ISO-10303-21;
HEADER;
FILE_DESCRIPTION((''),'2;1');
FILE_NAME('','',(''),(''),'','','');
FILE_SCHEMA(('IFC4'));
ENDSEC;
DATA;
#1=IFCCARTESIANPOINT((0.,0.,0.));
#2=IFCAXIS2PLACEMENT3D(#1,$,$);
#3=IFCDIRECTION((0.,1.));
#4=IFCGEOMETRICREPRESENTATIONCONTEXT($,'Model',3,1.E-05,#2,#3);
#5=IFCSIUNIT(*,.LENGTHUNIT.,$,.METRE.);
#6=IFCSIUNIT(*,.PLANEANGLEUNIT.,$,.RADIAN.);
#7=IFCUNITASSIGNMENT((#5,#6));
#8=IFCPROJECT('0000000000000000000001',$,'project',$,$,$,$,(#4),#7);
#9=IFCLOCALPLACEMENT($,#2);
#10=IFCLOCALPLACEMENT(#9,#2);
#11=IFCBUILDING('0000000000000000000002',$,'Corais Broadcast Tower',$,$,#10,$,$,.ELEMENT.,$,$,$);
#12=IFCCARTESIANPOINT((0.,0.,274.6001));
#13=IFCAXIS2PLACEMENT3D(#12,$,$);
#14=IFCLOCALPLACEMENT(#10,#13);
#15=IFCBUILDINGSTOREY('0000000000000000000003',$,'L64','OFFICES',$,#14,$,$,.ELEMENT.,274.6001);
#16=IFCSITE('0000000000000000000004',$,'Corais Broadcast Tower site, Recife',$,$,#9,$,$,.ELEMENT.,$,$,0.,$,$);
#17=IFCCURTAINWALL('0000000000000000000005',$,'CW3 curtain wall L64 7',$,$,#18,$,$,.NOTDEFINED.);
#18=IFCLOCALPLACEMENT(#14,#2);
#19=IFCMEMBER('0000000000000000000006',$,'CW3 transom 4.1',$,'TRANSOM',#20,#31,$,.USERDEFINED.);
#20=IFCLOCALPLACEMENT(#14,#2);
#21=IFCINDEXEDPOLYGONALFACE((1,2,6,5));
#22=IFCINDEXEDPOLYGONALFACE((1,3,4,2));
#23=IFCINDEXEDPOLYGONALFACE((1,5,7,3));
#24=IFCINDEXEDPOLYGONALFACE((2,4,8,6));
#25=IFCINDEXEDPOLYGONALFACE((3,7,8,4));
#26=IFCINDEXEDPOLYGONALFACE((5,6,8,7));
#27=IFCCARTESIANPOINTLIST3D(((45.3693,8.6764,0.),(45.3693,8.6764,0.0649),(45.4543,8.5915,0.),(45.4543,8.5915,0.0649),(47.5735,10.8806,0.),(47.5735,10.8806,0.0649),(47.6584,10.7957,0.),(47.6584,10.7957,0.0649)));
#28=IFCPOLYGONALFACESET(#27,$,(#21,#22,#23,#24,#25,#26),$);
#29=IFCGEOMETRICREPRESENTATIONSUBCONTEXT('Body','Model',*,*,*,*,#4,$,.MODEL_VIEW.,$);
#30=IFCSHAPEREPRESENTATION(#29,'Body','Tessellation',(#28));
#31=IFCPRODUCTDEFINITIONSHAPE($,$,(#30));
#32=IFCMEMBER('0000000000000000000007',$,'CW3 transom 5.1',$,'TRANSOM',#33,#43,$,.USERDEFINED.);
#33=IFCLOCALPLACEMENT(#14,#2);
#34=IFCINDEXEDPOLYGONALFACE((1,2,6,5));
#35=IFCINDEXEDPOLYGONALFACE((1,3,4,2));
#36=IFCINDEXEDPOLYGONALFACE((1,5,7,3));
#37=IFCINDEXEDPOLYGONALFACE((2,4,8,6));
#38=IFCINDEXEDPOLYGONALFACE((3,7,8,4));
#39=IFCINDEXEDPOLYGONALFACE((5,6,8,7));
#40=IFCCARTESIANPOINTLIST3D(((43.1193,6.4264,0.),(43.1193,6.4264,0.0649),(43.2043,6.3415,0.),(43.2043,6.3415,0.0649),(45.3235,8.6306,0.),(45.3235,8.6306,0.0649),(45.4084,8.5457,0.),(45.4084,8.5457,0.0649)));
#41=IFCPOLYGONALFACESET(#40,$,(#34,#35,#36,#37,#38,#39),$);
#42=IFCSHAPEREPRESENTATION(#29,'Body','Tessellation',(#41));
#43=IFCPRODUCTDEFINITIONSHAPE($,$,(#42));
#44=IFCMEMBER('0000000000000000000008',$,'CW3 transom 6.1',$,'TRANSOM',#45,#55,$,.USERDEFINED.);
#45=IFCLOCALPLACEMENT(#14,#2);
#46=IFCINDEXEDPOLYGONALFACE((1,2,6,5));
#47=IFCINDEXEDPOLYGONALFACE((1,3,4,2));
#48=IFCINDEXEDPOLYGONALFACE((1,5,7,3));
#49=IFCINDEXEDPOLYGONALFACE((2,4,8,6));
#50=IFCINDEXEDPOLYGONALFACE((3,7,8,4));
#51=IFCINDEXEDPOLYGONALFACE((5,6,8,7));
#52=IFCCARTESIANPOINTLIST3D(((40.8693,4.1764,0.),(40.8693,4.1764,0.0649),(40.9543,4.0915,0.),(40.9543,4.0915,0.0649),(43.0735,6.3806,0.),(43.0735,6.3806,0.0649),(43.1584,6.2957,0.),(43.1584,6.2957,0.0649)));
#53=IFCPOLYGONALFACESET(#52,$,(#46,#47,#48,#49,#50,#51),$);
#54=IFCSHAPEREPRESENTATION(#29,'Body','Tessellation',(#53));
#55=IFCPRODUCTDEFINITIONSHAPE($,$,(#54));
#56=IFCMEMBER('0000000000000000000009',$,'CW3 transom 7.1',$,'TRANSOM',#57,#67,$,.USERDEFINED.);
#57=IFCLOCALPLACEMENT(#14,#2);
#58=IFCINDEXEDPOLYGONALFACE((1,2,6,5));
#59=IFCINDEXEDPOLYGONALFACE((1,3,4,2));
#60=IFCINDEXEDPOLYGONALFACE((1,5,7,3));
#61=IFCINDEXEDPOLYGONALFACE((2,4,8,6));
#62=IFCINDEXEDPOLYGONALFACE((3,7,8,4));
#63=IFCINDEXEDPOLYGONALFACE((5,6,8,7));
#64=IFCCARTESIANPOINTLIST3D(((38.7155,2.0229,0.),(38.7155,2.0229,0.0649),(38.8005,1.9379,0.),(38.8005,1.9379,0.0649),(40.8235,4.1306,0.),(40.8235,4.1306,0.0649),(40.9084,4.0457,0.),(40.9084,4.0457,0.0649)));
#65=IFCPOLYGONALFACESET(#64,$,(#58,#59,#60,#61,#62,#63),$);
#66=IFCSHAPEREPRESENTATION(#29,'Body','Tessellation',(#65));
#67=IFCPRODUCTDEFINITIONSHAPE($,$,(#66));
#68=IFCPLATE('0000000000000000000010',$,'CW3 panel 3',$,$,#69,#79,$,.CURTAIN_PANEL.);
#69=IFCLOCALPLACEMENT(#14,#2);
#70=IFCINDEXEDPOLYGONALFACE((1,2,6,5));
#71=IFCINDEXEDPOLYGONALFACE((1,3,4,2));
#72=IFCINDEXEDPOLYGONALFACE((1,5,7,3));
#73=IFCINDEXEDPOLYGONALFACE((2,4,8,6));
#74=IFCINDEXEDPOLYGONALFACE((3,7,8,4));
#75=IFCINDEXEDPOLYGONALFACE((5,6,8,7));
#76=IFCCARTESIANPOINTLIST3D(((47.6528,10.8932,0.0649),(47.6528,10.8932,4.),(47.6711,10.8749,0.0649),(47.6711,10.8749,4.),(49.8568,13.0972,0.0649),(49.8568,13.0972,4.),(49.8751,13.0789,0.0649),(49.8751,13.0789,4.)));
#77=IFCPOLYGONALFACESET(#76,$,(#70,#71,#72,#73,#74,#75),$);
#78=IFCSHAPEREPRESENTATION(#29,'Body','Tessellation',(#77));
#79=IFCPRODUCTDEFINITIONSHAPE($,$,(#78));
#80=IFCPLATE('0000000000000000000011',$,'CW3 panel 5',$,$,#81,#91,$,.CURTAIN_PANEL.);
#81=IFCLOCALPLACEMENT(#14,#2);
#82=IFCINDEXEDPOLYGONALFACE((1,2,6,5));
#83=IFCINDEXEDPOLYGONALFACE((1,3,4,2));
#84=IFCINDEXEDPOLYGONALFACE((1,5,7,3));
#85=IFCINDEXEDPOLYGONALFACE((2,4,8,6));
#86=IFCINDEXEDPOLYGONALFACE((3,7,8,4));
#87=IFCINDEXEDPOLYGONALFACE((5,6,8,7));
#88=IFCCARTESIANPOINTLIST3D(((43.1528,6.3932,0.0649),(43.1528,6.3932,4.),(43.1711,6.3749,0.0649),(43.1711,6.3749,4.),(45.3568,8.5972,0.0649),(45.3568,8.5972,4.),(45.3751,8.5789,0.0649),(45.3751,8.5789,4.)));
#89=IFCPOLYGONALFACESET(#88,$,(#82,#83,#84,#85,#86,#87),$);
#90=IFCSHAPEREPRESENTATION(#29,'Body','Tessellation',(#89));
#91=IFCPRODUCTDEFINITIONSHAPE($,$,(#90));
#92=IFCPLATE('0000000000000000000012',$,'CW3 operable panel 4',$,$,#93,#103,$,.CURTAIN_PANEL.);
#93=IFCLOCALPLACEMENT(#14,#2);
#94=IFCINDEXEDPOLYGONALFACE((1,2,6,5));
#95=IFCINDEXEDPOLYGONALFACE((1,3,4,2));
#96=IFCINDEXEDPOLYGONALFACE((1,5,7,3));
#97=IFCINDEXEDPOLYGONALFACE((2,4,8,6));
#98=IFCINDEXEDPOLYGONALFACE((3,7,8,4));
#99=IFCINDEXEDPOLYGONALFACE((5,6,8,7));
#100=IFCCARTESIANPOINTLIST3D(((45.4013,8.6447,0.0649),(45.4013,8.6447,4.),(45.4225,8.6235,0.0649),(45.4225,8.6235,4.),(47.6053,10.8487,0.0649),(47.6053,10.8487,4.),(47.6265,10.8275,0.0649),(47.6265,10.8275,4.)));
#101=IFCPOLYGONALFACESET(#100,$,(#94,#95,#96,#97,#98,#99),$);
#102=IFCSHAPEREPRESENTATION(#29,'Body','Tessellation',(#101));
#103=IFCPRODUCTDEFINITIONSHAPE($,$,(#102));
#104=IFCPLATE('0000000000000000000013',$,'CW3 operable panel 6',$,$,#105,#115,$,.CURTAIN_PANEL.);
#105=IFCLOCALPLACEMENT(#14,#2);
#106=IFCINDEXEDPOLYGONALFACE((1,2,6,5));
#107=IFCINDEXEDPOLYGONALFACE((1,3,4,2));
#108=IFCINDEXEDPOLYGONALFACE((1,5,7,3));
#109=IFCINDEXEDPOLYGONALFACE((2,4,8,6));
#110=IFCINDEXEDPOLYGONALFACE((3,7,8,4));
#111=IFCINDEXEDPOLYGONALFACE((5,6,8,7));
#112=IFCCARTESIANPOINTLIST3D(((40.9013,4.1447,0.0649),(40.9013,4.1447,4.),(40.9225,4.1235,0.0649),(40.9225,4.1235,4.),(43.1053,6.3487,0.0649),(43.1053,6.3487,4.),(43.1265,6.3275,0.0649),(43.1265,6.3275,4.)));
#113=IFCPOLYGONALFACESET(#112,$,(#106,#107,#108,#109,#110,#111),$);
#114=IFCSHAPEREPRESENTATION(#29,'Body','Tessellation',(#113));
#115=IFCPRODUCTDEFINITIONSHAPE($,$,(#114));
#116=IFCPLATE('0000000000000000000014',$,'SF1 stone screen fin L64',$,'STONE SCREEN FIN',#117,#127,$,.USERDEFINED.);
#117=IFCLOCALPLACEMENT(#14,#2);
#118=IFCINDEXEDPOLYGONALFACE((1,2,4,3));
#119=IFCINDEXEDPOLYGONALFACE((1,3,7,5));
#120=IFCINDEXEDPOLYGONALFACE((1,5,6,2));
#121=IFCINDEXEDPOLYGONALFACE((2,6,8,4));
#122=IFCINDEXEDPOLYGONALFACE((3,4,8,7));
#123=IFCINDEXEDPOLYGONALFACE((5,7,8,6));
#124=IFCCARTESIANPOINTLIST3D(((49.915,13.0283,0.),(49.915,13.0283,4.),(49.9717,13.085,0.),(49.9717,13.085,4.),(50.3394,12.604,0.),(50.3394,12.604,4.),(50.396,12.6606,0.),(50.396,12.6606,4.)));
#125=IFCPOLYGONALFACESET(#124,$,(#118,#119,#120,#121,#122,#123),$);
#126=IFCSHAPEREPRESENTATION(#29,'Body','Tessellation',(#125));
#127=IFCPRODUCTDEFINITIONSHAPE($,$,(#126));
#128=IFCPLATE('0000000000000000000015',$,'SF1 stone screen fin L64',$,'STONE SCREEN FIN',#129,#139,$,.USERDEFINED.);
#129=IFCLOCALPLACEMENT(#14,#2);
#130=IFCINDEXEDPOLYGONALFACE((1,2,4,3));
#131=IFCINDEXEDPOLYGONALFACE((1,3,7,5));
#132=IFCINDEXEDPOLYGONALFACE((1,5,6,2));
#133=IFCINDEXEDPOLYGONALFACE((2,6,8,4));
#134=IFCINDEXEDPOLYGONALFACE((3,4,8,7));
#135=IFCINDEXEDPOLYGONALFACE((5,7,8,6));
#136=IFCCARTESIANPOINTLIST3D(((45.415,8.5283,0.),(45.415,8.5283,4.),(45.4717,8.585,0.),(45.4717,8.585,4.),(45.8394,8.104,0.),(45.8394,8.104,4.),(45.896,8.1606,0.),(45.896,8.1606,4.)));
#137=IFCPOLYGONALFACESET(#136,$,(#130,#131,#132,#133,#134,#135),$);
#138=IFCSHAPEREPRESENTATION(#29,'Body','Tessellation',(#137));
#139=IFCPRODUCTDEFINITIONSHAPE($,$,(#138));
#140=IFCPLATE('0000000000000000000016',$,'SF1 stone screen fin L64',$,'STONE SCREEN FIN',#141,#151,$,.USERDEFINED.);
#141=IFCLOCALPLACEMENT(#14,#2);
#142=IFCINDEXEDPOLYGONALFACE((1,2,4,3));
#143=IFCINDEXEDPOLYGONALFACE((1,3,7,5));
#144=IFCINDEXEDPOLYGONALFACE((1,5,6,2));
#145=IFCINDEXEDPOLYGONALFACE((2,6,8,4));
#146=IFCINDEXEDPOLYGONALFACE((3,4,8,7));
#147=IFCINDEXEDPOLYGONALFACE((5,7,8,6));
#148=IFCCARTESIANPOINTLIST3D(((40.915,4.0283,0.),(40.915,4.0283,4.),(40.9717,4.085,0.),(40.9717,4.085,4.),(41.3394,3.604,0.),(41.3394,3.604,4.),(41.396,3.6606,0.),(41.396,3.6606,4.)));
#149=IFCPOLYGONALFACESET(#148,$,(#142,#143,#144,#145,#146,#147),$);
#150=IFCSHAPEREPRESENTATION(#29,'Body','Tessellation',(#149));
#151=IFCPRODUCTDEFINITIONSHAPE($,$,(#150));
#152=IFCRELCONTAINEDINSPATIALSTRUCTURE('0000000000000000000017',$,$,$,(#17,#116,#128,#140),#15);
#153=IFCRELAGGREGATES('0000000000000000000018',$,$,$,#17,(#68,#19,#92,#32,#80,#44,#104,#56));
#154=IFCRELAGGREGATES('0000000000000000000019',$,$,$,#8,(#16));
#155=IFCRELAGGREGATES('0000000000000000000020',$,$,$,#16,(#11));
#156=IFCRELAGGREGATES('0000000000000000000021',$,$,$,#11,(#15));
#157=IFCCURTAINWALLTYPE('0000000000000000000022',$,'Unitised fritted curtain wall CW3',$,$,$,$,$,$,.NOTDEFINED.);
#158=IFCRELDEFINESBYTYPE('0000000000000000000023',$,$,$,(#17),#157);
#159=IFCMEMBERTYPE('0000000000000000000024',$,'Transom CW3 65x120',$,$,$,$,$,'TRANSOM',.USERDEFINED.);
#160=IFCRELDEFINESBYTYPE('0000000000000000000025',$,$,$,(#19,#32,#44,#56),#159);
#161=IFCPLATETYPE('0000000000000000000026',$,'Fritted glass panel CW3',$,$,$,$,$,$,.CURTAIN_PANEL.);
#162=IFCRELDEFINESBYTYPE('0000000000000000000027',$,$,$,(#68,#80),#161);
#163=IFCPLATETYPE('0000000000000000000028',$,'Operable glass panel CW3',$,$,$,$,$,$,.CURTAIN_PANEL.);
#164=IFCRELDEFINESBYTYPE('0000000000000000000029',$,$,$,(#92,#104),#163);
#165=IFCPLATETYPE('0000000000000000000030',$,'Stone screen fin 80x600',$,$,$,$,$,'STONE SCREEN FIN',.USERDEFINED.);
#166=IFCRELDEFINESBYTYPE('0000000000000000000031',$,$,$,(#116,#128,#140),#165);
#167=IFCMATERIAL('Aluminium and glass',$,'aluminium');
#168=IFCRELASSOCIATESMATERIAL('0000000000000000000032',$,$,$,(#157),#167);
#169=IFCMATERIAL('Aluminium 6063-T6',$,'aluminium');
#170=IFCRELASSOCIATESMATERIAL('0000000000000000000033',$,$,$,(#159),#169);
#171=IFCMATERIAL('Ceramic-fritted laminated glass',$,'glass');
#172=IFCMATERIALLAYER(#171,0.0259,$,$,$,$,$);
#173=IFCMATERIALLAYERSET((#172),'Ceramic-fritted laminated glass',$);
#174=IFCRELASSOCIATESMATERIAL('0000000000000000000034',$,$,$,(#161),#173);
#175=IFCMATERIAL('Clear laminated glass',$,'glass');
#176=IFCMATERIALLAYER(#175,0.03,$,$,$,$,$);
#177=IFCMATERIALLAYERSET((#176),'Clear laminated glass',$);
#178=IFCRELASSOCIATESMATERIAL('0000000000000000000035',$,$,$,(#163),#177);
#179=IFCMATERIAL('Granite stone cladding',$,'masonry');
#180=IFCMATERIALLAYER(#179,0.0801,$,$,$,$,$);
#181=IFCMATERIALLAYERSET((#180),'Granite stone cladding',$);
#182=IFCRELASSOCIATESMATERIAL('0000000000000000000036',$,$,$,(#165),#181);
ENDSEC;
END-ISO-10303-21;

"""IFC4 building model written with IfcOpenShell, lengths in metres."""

from ifc_helpers import new_model, si_unit, direction, frame, origin, origin_2d, place, context, subcontext, project, spatial, rectangle, extrude, material, layer, layer_set, material_profile, profile_set, type_object, element, aggregate, save


model = new_model("IFC4")

# Units and contexts
model_context = context("Model", 3, precision=1e-05, world=origin(), true_north=direction((0.0, 1.0)))
body_context = subcontext(model_context, "Body", "Model", "MODEL_VIEW")
ifc_project = project(units=[si_unit("LENGTHUNIT", "METRE"), si_unit("PLANEANGLEUNIT", "RADIAN")], contexts=[model_context])

# Site, building, storey
site_placement = place(None, origin())
site = spatial("IfcSite", under=ifc_project, at=site_placement, Name="Corais Broadcast Tower site, Recife", CompositionType="ELEMENT", RefElevation=0.0)
building_placement = place(site_placement, origin())
building = spatial("IfcBuilding", under=site, at=building_placement, Name="Corais Broadcast Tower", CompositionType="ELEMENT")
storey_placement = place(building_placement, frame((0.0, 0.0, 274.6001)))
storey = spatial("IfcBuildingStorey", under=building, at=storey_placement, Name="L64", Description="OFFICES", CompositionType="ELEMENT", Elevation=274.6001)

# Curtain wall
ifc_material_1 = material(Name="Aluminium and glass", Category="aluminium")
curtain_wall_type = type_object("IfcCurtainWallType", Name="Unitised fritted curtain wall CW3", PredefinedType="NOTDEFINED", material=ifc_material_1)
curtain_wall_placement = place(storey_placement, origin())
curtain_wall = element("IfcCurtainWall", 1, at=curtain_wall_placement, inside=storey, type_object=curtain_wall_type, Name="CW3 curtain wall L64 7", PredefinedType="NOTDEFINED")

# Members
ifc_material_2 = material(Name="Aluminium 6063-T6", Category="aluminium")
ifc_material_profile_1 = material_profile(ifc_material_2, rectangle(XDim=0.1201, YDim=0.0649, at=origin_2d()), Name="Transom CW3 65x120")
ifc_profile_set_1 = profile_set([ifc_material_profile_1], Name="Aluminium 6063-T6")
member_type_1 = type_object("IfcMemberType", Name="Transom CW3 65x120", ElementType="TRANSOM", PredefinedType="USERDEFINED", material=ifc_profile_set_1)
member_1_placement = place(storey_placement, frame((47.616, 10.8381, 0.0325), z_axis=(-0.707107, -0.707107, 0.0), x_axis=(0.707107, -0.707107, 0.0)))
member_1 = element("IfcMember", 2, at=member_1_placement, type_object=member_type_1, Name="CW3 transom 4.1", ObjectType="TRANSOM", PredefinedType="USERDEFINED", context=body_context, shape_type="SweptSolid", body=[
    extrude(rectangle(XDim=0.1201, YDim=0.0649, at=origin_2d()), origin(), (0.0, 0.0, 1.0), 3.1172),
])
member_2_placement = place(storey_placement, frame((45.366, 8.5881, 0.0325), z_axis=(-0.707107, -0.707107, 0.0), x_axis=(0.707107, -0.707107, 0.0)))
member_2 = element("IfcMember", 3, at=member_2_placement, type_object=member_type_1, Name="CW3 transom 5.1", ObjectType="TRANSOM", PredefinedType="USERDEFINED", context=body_context, shape_type="SweptSolid", body=[
    extrude(rectangle(XDim=0.1201, YDim=0.0649, at=origin_2d()), origin(), (0.0, 0.0, 1.0), 3.1172),
])
member_3_placement = place(storey_placement, frame((43.116, 6.3381, 0.0325), z_axis=(-0.707107, -0.707107, 0.0), x_axis=(0.707107, -0.707107, 0.0)))
member_3 = element("IfcMember", 4, at=member_3_placement, type_object=member_type_1, Name="CW3 transom 6.1", ObjectType="TRANSOM", PredefinedType="USERDEFINED", context=body_context, shape_type="SweptSolid", body=[
    extrude(rectangle(XDim=0.1201, YDim=0.0649, at=origin_2d()), origin(), (0.0, 0.0, 1.0), 3.1172),
])
member_4_placement = place(storey_placement, frame((40.866, 4.0881, 0.0325), z_axis=(-0.707148, -0.707066, 0.0), x_axis=(0.707066, -0.707148, 0.0)))
member_4 = element("IfcMember", 5, at=member_4_placement, type_object=member_type_1, Name="CW3 transom 7.1", ObjectType="TRANSOM", PredefinedType="USERDEFINED", context=body_context, shape_type="SweptSolid", body=[
    extrude(rectangle(XDim=0.1201, YDim=0.0649, at=origin_2d()), origin(), (0.0, 0.0, 1.0), 2.981),
])

# Plates
ifc_material_3 = material(Name="Ceramic-fritted laminated glass", Category="glass")
ifc_layer_1 = layer(ifc_material_3, 0.0259)
ifc_layer_set_1 = layer_set([ifc_layer_1], Name="Ceramic-fritted laminated glass")
plate_type_1 = type_object("IfcPlateType", Name="Fritted glass panel CW3", PredefinedType="CURTAIN_PANEL", material=ifc_layer_set_1)
plate_1_placement = place(storey_placement, frame((48.7639, 11.9861, 0.0649), z_axis=(0.0, 0.0, 1.0), x_axis=(-0.707107, -0.707107, 0.0)))
plate_1 = element("IfcPlate", 6, at=plate_1_placement, type_object=plate_type_1, Name="CW3 panel 3", PredefinedType="CURTAIN_PANEL", context=body_context, shape_type="SweptSolid", body=[
    extrude(rectangle(XDim=3.1169, YDim=0.0259, at=origin_2d()), origin(), (0.0, 0.0, 1.0), 3.9351),
])
plate_2_placement = place(storey_placement, frame((44.2639, 7.4861, 0.0649), z_axis=(0.0, 0.0, 1.0), x_axis=(-0.707107, -0.707107, 0.0)))
plate_2 = element("IfcPlate", 7, at=plate_2_placement, type_object=plate_type_1, Name="CW3 panel 5", PredefinedType="CURTAIN_PANEL", context=body_context, shape_type="SweptSolid", body=[
    extrude(rectangle(XDim=3.1169, YDim=0.0259, at=origin_2d()), origin(), (0.0, 0.0, 1.0), 3.9351),
])
ifc_material_4 = material(Name="Clear laminated glass", Category="glass")
ifc_layer_2 = layer(ifc_material_4, 0.03)
ifc_layer_set_2 = layer_set([ifc_layer_2], Name="Clear laminated glass")
plate_type_2 = type_object("IfcPlateType", Name="Operable glass panel CW3", PredefinedType="CURTAIN_PANEL", material=ifc_layer_set_2)
plate_3_placement = place(storey_placement, frame((46.5139, 9.7361, 0.0649), z_axis=(0.0, 0.0, 1.0), x_axis=(-0.707107, -0.707107, 0.0)))
plate_3 = element("IfcPlate", 8, at=plate_3_placement, type_object=plate_type_2, Name="CW3 operable panel 4", PredefinedType="CURTAIN_PANEL", context=body_context, shape_type="SweptSolid", body=[
    extrude(rectangle(XDim=3.1169, YDim=0.03, at=origin_2d()), origin(), (0.0, 0.0, 1.0), 3.9351),
])
plate_4_placement = place(storey_placement, frame((42.0139, 5.2361, 0.0649), z_axis=(0.0, 0.0, 1.0), x_axis=(-0.707107, -0.707107, 0.0)))
plate_4 = element("IfcPlate", 9, at=plate_4_placement, type_object=plate_type_2, Name="CW3 operable panel 6", PredefinedType="CURTAIN_PANEL", context=body_context, shape_type="SweptSolid", body=[
    extrude(rectangle(XDim=3.1169, YDim=0.03, at=origin_2d()), origin(), (0.0, 0.0, 1.0), 3.9351),
])
aggregate(curtain_wall, [plate_1, member_1, plate_3, member_2, plate_2, member_3, plate_4, member_4])

# Plates
ifc_material_5 = material(Name="Granite stone cladding", Category="masonry")
ifc_layer_3 = layer(ifc_material_5, 0.0801)
ifc_layer_set_3 = layer_set([ifc_layer_3], Name="Granite stone cladding")
plate_type_3 = type_object("IfcPlateType", Name="Stone screen fin 80x600", ElementType="STONE SCREEN FIN", PredefinedType="USERDEFINED", material=ifc_layer_set_3)
for number, where, z_axis, x_axis, name in (
    (10, (50.1555, 12.8445, 0.0), (0.0, 0.0, 1.0), (-0.707107, -0.707107, 0.0), "SF1 stone screen fin L64"),
    (11, (45.6555, 8.3445, 0.0), (0.0, 0.0, 1.0), (-0.707107, -0.707107, 0.0), "SF1 stone screen fin L64"),
    (12, (41.1555, 3.8445, 0.0), (0.0, 0.0, 1.0), (-0.707107, -0.707107, 0.0), "SF1 stone screen fin L64"),
):
    element("IfcPlate", number, at=place(storey_placement, frame(where, z_axis=z_axis, x_axis=x_axis)), inside=storey, type_object=plate_type_3, Name=name, ObjectType="STONE SCREEN FIN", PredefinedType="USERDEFINED", context=body_context, shape_type="SweptSolid", body=[
        extrude(rectangle(XDim=0.0801, YDim=0.6001, at=origin_2d()), origin(), (0.0, 0.0, 1.0), 4.0),
    ])

save(model, "model.ifc")
